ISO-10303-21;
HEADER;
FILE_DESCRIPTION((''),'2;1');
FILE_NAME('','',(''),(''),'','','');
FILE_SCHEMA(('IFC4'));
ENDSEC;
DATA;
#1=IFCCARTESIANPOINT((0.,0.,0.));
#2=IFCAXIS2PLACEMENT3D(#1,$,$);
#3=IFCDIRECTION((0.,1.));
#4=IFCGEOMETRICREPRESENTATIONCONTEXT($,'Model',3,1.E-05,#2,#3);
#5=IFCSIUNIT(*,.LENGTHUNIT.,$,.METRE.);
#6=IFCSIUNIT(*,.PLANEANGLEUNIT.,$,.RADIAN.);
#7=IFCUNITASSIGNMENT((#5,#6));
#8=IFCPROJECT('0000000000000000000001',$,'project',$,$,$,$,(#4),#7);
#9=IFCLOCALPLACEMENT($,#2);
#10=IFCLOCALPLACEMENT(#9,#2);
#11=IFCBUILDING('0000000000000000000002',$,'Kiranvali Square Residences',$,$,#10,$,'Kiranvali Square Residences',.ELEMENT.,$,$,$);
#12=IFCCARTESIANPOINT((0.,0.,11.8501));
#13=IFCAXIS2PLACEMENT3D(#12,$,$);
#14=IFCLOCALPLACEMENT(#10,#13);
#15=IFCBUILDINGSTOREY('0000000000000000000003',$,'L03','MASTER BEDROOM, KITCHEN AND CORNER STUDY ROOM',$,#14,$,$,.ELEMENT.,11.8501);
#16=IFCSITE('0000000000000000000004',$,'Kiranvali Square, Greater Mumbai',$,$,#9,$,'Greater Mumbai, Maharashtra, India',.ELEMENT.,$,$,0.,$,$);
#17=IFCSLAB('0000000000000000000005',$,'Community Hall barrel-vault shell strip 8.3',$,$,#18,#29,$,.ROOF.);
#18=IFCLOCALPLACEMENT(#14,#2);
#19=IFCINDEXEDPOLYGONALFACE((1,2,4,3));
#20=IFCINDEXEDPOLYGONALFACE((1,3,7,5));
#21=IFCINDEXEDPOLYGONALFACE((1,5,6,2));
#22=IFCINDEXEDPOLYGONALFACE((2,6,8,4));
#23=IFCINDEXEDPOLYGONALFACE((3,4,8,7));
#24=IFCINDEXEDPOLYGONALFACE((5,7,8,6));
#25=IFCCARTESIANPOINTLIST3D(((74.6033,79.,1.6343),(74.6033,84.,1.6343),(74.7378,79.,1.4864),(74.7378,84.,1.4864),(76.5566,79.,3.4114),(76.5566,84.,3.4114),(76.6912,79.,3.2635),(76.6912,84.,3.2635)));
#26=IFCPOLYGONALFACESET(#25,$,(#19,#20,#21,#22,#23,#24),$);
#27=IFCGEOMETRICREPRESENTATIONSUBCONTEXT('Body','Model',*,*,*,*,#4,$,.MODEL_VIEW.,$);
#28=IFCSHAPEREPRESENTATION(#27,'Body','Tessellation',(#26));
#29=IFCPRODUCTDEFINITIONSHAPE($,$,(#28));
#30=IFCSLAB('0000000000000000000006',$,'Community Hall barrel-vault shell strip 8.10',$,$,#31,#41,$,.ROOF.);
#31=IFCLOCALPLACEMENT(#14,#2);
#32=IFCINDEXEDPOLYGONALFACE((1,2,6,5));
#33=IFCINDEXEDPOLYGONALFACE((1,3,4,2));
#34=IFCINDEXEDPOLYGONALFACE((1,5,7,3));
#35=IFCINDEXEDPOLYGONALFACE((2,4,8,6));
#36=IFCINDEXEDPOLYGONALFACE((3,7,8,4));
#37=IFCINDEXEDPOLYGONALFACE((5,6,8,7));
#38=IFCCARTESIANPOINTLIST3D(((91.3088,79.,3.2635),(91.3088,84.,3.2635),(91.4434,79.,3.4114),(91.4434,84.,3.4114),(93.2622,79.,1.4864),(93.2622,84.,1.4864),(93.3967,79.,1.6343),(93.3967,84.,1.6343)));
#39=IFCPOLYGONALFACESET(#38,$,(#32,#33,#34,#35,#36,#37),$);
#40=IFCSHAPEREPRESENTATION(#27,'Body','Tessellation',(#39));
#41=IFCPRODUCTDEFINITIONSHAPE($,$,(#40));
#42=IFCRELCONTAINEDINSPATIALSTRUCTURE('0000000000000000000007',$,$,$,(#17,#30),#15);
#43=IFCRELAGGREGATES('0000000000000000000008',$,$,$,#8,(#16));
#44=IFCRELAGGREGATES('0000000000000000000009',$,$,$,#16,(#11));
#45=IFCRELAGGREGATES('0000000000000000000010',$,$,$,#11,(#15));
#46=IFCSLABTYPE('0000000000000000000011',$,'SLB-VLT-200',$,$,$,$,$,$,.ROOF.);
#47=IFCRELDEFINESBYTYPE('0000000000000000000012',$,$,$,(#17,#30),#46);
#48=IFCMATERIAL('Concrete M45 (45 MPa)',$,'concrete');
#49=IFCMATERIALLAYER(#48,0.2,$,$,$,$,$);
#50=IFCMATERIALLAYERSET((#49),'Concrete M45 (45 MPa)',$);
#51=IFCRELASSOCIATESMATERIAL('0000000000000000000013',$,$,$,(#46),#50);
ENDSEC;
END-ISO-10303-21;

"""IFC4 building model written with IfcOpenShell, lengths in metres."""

from ifc_helpers import new_model, si_unit, direction, frame, origin, place, context, subcontext, project, spatial, polyline, outline, extrude, material, layer, layer_set, type_object, element, save


model = new_model("IFC4")

# Units and contexts
model_context = context("Model", 3, precision=1e-05, world=origin(), true_north=direction((0.0, 1.0)))
body_context = subcontext(model_context, "Body", "Model", "MODEL_VIEW")
ifc_project = project(units=[si_unit("LENGTHUNIT", "METRE"), si_unit("PLANEANGLEUNIT", "RADIAN")], contexts=[model_context])

# Site, building, storey
site_placement = place(None, origin())
site = spatial("IfcSite", under=ifc_project, at=site_placement, Name="Kiranvali Square, Greater Mumbai", LongName="Greater Mumbai, Maharashtra, India", CompositionType="ELEMENT", RefElevation=0.0)
building_placement = place(site_placement, origin())
building = spatial("IfcBuilding", under=site, at=building_placement, Name="Kiranvali Square Residences", LongName="Kiranvali Square Residences", CompositionType="ELEMENT")
storey_placement = place(building_placement, frame((0.0, 0.0, 11.8501)))
storey = spatial("IfcBuildingStorey", under=building, at=storey_placement, Name="L03", Description="MASTER BEDROOM, KITCHEN AND CORNER STUDY ROOM", CompositionType="ELEMENT", Elevation=11.8501)

# Slabs
ifc_material_1 = material(Name="Concrete M45 (45 MPa)", Category="concrete")
ifc_layer = layer(ifc_material_1, 0.2)
ifc_layer_set = layer_set([ifc_layer], Name="Concrete M45 (45 MPa)")
slab_type = type_object("IfcSlabType", Name="SLB-VLT-200", PredefinedType="ROOF", material=ifc_layer_set)
for number, where, z_axis, x_axis, name in (
    (1, (74.6033, 79.0, 1.6343), (-0.672944, 0.0, 0.739693), (0.739693, 0.0, 0.672944), "Community Hall barrel-vault shell strip 8.3"),
    (2, (91.4434, 79.0, 3.4114), (0.672944, 0.0, 0.739693), (0.739693, 0.0, -0.672944), "Community Hall barrel-vault shell strip 8.10"),
):
    element("IfcSlab", number, at=place(storey_placement, frame(where, z_axis=z_axis, x_axis=x_axis)), inside=storey, type_object=slab_type, Name=name, PredefinedType="ROOF", context=body_context, shape_type="SweptSolid", body=[
        extrude(outline(polyline([(0.0, 0.0), (2.6408, 0.0), (2.6408, 5.0), (0.0, 5.0), (0.0, 0.0)])), origin(), (0.0, 0.0, -1.0), 0.2),
    ])

save(model, "model.ifc")
